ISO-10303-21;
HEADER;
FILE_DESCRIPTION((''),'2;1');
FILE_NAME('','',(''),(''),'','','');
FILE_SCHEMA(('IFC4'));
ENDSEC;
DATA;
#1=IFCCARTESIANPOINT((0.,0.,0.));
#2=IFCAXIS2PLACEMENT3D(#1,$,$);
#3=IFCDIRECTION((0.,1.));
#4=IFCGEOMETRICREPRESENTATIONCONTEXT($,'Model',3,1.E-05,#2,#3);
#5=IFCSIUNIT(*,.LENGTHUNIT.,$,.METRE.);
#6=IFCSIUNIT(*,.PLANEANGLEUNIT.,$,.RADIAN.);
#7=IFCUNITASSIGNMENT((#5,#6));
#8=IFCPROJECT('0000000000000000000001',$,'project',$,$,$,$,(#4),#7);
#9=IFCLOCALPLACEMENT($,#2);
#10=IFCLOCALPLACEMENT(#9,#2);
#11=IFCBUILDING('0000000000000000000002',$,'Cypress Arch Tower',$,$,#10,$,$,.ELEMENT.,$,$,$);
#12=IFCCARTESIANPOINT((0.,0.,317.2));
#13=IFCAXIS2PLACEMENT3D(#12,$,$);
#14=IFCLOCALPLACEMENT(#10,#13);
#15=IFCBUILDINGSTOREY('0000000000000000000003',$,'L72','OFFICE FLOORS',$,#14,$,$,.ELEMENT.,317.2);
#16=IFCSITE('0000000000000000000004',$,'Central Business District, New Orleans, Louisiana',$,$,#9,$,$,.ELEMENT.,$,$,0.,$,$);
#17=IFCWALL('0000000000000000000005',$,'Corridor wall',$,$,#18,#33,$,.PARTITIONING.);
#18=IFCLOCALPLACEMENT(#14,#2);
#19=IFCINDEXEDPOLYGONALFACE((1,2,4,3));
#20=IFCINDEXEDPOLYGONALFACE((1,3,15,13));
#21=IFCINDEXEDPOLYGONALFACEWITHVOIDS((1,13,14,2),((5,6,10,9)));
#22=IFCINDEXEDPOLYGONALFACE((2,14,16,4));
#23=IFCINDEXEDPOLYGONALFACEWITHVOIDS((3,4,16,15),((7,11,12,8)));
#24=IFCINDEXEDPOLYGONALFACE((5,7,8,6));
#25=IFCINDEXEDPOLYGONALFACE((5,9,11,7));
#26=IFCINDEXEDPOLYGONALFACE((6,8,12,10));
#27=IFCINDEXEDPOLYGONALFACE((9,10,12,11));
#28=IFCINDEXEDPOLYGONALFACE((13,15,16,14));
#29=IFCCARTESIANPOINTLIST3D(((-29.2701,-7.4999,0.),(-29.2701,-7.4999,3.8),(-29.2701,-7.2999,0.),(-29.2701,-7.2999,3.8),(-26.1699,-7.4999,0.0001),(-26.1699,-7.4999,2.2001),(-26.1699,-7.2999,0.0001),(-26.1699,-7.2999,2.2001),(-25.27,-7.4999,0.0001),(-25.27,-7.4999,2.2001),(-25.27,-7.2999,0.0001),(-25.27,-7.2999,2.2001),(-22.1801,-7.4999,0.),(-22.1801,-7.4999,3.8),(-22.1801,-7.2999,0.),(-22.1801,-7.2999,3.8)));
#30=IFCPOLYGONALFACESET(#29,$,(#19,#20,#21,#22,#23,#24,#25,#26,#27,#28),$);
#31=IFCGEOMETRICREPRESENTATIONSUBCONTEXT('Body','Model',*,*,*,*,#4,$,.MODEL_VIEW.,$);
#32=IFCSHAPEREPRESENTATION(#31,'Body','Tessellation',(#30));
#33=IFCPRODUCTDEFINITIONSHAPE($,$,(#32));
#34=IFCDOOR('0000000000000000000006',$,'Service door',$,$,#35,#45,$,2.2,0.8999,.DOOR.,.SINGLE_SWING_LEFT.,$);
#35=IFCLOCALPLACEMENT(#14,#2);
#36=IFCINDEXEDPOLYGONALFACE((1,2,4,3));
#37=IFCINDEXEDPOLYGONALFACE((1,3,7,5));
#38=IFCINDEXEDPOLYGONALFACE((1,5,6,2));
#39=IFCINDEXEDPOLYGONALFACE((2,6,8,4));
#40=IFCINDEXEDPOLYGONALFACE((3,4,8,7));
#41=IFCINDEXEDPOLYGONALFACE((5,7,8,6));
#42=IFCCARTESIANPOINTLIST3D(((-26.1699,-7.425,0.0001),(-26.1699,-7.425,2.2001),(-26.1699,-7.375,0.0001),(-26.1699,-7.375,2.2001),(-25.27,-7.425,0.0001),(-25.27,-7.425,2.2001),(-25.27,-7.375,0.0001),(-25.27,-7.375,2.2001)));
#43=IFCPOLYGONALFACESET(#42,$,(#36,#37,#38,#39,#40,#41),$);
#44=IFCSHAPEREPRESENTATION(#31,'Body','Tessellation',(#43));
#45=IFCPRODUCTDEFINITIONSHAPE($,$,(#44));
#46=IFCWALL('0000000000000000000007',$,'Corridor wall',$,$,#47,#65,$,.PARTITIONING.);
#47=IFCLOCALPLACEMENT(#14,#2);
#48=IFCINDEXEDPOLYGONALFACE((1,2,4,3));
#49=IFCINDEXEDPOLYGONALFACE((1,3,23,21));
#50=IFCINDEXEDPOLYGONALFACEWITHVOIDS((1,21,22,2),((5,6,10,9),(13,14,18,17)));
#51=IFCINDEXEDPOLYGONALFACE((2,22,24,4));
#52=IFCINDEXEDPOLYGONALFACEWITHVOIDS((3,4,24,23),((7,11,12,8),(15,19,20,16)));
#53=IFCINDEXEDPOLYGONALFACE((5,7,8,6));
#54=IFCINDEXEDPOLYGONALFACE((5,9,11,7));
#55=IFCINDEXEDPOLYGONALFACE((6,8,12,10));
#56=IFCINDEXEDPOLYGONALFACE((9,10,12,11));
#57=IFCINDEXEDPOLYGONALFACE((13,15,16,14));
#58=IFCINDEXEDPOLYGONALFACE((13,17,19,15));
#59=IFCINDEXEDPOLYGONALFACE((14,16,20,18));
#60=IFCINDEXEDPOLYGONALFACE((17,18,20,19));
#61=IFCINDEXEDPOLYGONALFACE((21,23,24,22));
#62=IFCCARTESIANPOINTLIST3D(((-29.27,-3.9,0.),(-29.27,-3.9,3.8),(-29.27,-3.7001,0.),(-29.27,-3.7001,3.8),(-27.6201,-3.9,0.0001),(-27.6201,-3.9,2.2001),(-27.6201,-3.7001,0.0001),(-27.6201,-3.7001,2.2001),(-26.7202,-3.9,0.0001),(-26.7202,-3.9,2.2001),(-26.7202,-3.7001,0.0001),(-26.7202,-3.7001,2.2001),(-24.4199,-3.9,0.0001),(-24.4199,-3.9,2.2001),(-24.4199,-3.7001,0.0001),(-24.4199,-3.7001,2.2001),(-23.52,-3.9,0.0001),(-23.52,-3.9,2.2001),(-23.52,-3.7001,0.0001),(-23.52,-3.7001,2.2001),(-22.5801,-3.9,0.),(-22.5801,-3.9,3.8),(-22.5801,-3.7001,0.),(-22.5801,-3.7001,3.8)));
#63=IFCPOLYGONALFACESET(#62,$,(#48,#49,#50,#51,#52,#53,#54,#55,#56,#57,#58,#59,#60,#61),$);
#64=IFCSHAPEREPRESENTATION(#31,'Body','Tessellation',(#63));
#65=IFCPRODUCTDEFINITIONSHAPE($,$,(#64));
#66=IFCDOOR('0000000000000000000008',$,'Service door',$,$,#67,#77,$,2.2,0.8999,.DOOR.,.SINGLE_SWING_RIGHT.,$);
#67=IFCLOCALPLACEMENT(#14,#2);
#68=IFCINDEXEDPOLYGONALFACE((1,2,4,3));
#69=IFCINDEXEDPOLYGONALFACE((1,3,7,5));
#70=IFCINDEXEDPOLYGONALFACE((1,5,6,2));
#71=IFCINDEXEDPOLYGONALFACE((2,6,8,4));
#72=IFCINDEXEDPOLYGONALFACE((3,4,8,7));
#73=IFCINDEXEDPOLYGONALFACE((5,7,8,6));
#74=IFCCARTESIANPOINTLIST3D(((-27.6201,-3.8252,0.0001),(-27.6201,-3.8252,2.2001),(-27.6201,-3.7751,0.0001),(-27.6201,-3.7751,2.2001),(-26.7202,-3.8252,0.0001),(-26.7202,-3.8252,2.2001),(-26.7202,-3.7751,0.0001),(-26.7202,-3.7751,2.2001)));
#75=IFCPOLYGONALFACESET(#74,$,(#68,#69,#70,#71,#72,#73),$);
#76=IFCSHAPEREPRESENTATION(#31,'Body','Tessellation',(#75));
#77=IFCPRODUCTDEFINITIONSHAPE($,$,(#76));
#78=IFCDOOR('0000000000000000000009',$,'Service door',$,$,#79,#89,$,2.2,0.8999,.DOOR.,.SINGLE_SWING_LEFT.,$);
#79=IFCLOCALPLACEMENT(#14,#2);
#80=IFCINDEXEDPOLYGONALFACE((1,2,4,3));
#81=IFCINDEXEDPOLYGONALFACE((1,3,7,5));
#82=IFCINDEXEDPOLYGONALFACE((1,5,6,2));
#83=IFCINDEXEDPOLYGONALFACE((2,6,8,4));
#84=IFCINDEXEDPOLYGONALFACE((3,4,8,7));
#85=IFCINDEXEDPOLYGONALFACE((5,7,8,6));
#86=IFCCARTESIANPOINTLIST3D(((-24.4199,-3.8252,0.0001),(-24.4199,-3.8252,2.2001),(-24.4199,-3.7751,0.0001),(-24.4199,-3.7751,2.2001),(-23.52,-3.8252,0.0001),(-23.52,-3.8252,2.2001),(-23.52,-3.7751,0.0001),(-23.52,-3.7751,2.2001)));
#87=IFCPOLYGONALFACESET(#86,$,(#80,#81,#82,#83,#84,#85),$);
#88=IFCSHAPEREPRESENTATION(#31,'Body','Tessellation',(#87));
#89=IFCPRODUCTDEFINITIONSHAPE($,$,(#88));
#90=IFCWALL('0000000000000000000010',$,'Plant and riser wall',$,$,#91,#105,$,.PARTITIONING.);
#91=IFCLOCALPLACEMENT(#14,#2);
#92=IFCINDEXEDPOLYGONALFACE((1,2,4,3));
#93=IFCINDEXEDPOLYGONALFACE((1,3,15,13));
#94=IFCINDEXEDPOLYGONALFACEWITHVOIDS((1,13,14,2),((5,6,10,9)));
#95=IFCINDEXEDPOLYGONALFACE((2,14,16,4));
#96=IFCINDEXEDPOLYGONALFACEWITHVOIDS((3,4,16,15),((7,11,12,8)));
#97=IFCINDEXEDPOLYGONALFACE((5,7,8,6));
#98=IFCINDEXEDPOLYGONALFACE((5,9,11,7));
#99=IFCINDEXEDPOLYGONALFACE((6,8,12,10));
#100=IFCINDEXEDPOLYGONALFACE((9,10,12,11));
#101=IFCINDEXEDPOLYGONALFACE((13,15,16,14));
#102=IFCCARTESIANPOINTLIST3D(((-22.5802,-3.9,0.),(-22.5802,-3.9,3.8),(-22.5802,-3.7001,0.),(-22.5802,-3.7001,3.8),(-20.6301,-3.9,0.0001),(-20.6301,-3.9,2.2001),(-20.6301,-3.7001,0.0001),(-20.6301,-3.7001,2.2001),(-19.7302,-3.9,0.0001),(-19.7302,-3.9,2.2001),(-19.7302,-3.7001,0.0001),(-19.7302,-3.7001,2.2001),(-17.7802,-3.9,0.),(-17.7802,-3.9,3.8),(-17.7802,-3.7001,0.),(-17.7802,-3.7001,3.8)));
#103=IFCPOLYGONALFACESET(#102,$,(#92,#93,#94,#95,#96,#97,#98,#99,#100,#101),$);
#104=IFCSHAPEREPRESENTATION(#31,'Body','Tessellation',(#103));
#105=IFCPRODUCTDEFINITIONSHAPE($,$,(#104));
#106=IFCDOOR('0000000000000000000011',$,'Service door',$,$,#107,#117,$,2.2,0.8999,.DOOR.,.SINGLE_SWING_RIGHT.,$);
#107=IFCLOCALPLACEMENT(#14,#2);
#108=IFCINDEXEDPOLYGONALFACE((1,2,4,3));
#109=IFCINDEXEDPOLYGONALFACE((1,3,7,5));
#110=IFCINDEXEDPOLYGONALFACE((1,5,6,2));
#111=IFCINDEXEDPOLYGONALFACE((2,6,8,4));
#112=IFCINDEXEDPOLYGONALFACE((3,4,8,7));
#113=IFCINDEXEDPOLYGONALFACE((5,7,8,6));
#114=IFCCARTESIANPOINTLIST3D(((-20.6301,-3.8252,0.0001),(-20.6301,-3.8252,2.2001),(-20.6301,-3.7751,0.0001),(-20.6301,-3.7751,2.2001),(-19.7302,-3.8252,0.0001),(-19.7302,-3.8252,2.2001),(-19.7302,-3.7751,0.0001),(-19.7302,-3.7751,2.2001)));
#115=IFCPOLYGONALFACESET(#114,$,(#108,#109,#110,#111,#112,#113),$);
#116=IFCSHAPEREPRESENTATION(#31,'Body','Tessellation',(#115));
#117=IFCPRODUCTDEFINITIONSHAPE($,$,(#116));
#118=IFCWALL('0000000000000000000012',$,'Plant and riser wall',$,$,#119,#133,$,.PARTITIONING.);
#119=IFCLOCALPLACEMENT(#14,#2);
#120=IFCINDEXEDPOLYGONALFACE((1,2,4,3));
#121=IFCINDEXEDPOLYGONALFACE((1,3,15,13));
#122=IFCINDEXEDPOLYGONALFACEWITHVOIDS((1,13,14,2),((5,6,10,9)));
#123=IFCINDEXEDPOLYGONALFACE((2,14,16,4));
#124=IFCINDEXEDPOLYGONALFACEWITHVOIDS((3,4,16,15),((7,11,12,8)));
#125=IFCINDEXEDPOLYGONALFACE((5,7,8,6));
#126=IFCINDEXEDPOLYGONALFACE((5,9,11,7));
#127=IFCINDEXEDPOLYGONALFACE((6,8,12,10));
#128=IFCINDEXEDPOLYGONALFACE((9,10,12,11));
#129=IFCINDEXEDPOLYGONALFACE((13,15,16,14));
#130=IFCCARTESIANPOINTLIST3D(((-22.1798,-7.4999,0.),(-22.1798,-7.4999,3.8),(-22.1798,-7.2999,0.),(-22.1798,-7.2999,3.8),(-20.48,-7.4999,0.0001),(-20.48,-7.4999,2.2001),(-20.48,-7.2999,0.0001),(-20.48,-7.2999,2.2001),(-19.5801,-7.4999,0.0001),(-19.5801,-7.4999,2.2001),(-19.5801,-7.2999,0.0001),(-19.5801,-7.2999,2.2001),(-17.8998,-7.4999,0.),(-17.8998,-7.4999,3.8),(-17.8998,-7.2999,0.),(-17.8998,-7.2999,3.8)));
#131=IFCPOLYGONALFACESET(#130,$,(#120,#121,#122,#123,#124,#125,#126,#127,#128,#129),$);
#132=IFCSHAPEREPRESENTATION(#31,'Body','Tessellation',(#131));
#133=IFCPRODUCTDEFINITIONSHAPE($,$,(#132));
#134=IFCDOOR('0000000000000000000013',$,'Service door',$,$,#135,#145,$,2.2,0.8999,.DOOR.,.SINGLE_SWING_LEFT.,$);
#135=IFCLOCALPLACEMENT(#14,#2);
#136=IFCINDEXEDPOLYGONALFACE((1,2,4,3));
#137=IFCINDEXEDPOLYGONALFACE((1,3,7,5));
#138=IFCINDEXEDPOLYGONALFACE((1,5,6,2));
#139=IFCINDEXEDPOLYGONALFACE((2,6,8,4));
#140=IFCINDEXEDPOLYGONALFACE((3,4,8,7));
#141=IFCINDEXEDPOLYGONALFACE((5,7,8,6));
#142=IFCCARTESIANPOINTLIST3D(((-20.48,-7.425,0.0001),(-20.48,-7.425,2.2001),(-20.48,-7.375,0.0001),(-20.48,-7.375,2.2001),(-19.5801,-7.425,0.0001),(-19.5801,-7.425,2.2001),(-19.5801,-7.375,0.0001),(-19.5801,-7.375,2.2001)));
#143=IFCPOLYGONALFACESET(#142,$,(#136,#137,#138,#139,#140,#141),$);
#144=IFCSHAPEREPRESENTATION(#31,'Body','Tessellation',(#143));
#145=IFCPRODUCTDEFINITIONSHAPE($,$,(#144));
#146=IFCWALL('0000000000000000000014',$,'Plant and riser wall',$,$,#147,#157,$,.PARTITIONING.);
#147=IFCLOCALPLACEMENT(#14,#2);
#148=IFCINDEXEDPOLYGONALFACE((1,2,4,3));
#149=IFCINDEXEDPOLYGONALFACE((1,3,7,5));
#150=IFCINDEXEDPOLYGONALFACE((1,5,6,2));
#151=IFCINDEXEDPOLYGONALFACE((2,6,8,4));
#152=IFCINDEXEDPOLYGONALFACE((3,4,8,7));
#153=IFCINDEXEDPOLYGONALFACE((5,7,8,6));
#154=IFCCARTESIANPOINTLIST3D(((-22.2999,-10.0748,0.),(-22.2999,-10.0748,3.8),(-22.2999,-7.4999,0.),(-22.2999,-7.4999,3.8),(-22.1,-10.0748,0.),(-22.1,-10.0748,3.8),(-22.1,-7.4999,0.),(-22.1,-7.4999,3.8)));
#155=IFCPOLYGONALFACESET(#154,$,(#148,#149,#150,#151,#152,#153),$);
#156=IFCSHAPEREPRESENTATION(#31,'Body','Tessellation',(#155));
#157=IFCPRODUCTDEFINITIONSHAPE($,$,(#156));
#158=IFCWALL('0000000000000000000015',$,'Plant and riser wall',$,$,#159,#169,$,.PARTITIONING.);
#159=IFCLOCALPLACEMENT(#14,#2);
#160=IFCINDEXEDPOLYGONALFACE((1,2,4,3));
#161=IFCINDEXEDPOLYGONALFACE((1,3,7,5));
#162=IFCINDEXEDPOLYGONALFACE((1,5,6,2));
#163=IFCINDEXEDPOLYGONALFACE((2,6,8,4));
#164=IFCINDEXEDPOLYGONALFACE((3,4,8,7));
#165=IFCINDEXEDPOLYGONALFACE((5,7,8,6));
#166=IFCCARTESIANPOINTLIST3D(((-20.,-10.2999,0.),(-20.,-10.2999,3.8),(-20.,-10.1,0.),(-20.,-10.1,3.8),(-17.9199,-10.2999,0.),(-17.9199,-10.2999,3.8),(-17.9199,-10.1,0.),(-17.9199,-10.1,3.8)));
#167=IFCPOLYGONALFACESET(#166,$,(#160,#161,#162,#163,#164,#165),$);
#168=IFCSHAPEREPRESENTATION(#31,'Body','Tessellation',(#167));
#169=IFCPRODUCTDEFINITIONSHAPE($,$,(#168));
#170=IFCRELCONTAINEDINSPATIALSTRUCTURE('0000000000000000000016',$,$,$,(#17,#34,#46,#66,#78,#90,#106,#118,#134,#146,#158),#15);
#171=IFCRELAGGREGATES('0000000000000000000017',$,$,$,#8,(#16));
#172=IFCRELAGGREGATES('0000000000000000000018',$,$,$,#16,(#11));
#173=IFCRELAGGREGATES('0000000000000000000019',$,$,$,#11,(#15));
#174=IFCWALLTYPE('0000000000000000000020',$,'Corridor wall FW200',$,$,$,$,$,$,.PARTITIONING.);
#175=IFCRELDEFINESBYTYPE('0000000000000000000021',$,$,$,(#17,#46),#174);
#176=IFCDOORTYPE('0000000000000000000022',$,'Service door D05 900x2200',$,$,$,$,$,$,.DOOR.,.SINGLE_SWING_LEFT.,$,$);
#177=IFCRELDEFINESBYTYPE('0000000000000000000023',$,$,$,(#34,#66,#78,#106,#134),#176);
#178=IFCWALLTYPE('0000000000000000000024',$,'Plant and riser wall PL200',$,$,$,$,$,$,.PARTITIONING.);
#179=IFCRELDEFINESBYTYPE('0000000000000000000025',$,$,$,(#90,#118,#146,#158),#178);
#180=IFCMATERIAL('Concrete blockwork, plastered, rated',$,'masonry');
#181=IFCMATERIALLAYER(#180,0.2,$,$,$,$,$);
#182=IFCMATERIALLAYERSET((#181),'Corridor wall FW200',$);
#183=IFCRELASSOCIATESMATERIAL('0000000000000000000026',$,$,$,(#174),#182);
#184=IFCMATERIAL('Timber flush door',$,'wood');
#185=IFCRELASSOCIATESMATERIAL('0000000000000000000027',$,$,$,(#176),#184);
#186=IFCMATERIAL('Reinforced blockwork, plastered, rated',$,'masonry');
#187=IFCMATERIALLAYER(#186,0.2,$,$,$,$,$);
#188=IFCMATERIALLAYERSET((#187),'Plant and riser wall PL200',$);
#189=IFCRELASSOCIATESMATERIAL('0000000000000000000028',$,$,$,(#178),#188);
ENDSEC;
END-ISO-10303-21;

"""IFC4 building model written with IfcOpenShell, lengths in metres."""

from ifc_helpers import new_model, si_unit, direction, frame, frame_2d, origin, place, context, subcontext, project, spatial, rectangle, extrude, material, layer, layer_set, type_object, element, fill, save


model = new_model("IFC4")

# Units and contexts
model_context = context("Model", 3, precision=1e-05, world=origin(), true_north=direction((0.0, 1.0)))
body_context = subcontext(model_context, "Body", "Model", "MODEL_VIEW")
ifc_project = project(units=[si_unit("LENGTHUNIT", "METRE"), si_unit("PLANEANGLEUNIT", "RADIAN")], contexts=[model_context])

# Site, building, storey
site_placement = place(None, origin())
site = spatial("IfcSite", under=ifc_project, at=site_placement, Name="Central Business District, New Orleans, Louisiana", CompositionType="ELEMENT", RefElevation=0.0)
building_placement = place(site_placement, origin())
building = spatial("IfcBuilding", under=site, at=building_placement, Name="Cypress Arch Tower", CompositionType="ELEMENT")
storey_placement = place(building_placement, frame((0.0, 0.0, 317.2)))
storey = spatial("IfcBuildingStorey", under=building, at=storey_placement, Name="L72", Description="OFFICE FLOORS", CompositionType="ELEMENT", Elevation=317.2)

# Wall, opening, door
ifc_material_1 = material(Name="Concrete blockwork, plastered, rated", Category="masonry")
ifc_layer_1 = layer(ifc_material_1, 0.2)
ifc_layer_set_1 = layer_set([ifc_layer_1], Name="Corridor wall FW200")
wall_type_1 = type_object("IfcWallType", Name="Corridor wall FW200", PredefinedType="PARTITIONING", material=ifc_layer_set_1)
wall_1_placement = place(storey_placement, frame((-29.27, -7.3999, 0.0), z_axis=(0.0, 0.0, 1.0), x_axis=(1.0, 0.0, 0.0)))
wall_1 = element("IfcWall", 1, at=wall_1_placement, inside=storey, type_object=wall_type_1, Name="Corridor wall", PredefinedType="PARTITIONING", context=body_context, shape_type="SweptSolid", body=[
    extrude(rectangle(XDim=7.0901, YDim=0.2, at=frame_2d((3.5449, 0.0))), origin(), (0.0, 0.0, 1.0), 3.8),
])
opening_1_placement = place(wall_1_placement, frame((3.1001, 0.0, 0.0)))
opening_1 = element("IfcOpeningElement", 2, at=opening_1_placement, cuts=wall_1, PredefinedType="OPENING", context=body_context, shape_type="SweptSolid", body=[
    extrude(rectangle(XDim=0.8999, YDim=2.2, at=frame_2d((0.45, 1.1001))), frame((0.0, 0.1099, 0.0), z_axis=(0.0, -1.0, 0.0), x_axis=(1.0, 0.0, 0.0)), (0.0, 0.0, 1.0), 0.22),
])
ifc_material_2 = material(Name="Timber flush door", Category="wood")
door_type_1 = type_object("IfcDoorType", Name="Service door D05 900x2200", OperationType="SINGLE_SWING_LEFT", PredefinedType="DOOR", material=ifc_material_2)
door_1_placement = place(opening_1_placement, origin())
door_1 = element("IfcDoor", 3, at=door_1_placement, inside=storey, type_object=door_type_1, Name="Service door", OperationType="SINGLE_SWING_LEFT", OverallHeight=2.2, OverallWidth=0.8999, PredefinedType="DOOR", context=body_context, shape_type="SweptSolid", body=[
    extrude(rectangle(XDim=0.8999, YDim=2.2, at=frame_2d((0.45, 1.1001))), frame((0.0, 0.0249, 0.0), z_axis=(0.0, -1.0, 0.0), x_axis=(1.0, 0.0, 0.0)), (0.0, 0.0, 1.0), 0.05),
])
fill(opening_1, door_1)

# Wall, openings, doors
wall_2_placement = place(storey_placement, frame((-29.27, -3.8, 0.0), z_axis=(0.0, 0.0, 1.0), x_axis=(1.0, 0.0, 0.0)))
wall_2 = element("IfcWall", 4, at=wall_2_placement, inside=storey, type_object=wall_type_1, Name="Corridor wall", PredefinedType="PARTITIONING", context=body_context, shape_type="SweptSolid", body=[
    extrude(rectangle(XDim=6.6899, YDim=0.2, at=frame_2d((3.345, 0.0))), origin(), (0.0, 0.0, 1.0), 3.8),
])
opening_2_placement = place(wall_2_placement, frame((1.6499, 0.0, 0.0)))
opening_2 = element("IfcOpeningElement", 5, at=opening_2_placement, cuts=wall_2, PredefinedType="OPENING", context=body_context, shape_type="SweptSolid", body=[
    extrude(rectangle(XDim=0.8999, YDim=2.2, at=frame_2d((0.45, 1.1001))), frame((0.0, 0.1099, 0.0), z_axis=(0.0, -1.0, 0.0), x_axis=(1.0, 0.0, 0.0)), (0.0, 0.0, 1.0), 0.22),
])
opening_3_placement = place(wall_2_placement, frame((4.8501, 0.0, 0.0)))
opening_3 = element("IfcOpeningElement", 6, at=opening_3_placement, cuts=wall_2, PredefinedType="OPENING", context=body_context, shape_type="SweptSolid", body=[
    extrude(rectangle(XDim=0.8999, YDim=2.2, at=frame_2d((0.45, 1.1001))), frame((0.0, 0.1099, 0.0), z_axis=(0.0, -1.0, 0.0), x_axis=(1.0, 0.0, 0.0)), (0.0, 0.0, 1.0), 0.22),
])
door_2_placement = place(opening_2_placement, origin())
door_2 = element("IfcDoor", 7, at=door_2_placement, inside=storey, type_object=door_type_1, Name="Service door", OperationType="SINGLE_SWING_RIGHT", OverallHeight=2.2, OverallWidth=0.8999, PredefinedType="DOOR", context=body_context, shape_type="SweptSolid", body=[
    extrude(rectangle(XDim=0.8999, YDim=2.2, at=frame_2d((0.45, 1.1001))), frame((0.0, 0.0249, 0.0), z_axis=(0.0, -1.0, 0.0), x_axis=(1.0, 0.0, 0.0)), (0.0, 0.0, 1.0), 0.05),
])
fill(opening_2, door_2)
door_3_placement = place(opening_3_placement, origin())
door_3 = element("IfcDoor", 8, at=door_3_placement, inside=storey, type_object=door_type_1, Name="Service door", OperationType="SINGLE_SWING_LEFT", OverallHeight=2.2, OverallWidth=0.8999, PredefinedType="DOOR", context=body_context, shape_type="SweptSolid", body=[
    extrude(rectangle(XDim=0.8999, YDim=2.2, at=frame_2d((0.45, 1.1001))), frame((0.0, 0.0249, 0.0), z_axis=(0.0, -1.0, 0.0), x_axis=(1.0, 0.0, 0.0)), (0.0, 0.0, 1.0), 0.05),
])
fill(opening_3, door_3)

# Walls, openings, doors
ifc_material_3 = material(Name="Reinforced blockwork, plastered, rated", Category="masonry")
ifc_layer_2 = layer(ifc_material_3, 0.2)
ifc_layer_set_2 = layer_set([ifc_layer_2], Name="Plant and riser wall PL200")
wall_type_2 = type_object("IfcWallType", Name="Plant and riser wall PL200", PredefinedType="PARTITIONING", material=ifc_layer_set_2)
wall_3_placement = place(storey_placement, frame((-22.5801, -3.8, 0.0), z_axis=(0.0, 0.0, 1.0), x_axis=(1.0, 0.0, 0.0)))
wall_3 = element("IfcWall", 9, at=wall_3_placement, inside=storey, type_object=wall_type_2, Name="Plant and riser wall", PredefinedType="PARTITIONING", context=body_context, shape_type="SweptSolid", body=[
    extrude(rectangle(XDim=4.8, YDim=0.2, at=frame_2d((2.3999, 0.0))), origin(), (0.0, 0.0, 1.0), 3.8),
])
opening_4_placement = place(wall_3_placement, frame((1.95, 0.0, 0.0)))
opening_4 = element("IfcOpeningElement", 10, at=opening_4_placement, cuts=wall_3, PredefinedType="OPENING", context=body_context, shape_type="SweptSolid", body=[
    extrude(rectangle(XDim=0.8999, YDim=2.2, at=frame_2d((0.45, 1.1001))), frame((0.0, 0.1099, 0.0), z_axis=(0.0, -1.0, 0.0), x_axis=(1.0, 0.0, 0.0)), (0.0, 0.0, 1.0), 0.22),
])
door_4_placement = place(opening_4_placement, origin())
door_4 = element("IfcDoor", 11, at=door_4_placement, inside=storey, type_object=door_type_1, Name="Service door", OperationType="SINGLE_SWING_RIGHT", OverallHeight=2.2, OverallWidth=0.8999, PredefinedType="DOOR", context=body_context, shape_type="SweptSolid", body=[
    extrude(rectangle(XDim=0.8999, YDim=2.2, at=frame_2d((0.45, 1.1001))), frame((0.0, 0.0249, 0.0), z_axis=(0.0, -1.0, 0.0), x_axis=(1.0, 0.0, 0.0)), (0.0, 0.0, 1.0), 0.05),
])
fill(opening_4, door_4)
wall_4_placement = place(storey_placement, frame((-22.1799, -7.3999, 0.0), z_axis=(0.0, 0.0, 1.0), x_axis=(1.0, 0.0, 0.0)))
wall_4 = element("IfcWall", 12, at=wall_4_placement, inside=storey, type_object=wall_type_2, Name="Plant and riser wall", PredefinedType="PARTITIONING", context=body_context, shape_type="SweptSolid", body=[
    extrude(rectangle(XDim=4.28, YDim=0.2, at=frame_2d((2.1401, 0.0))), origin(), (0.0, 0.0, 1.0), 3.8),
])
opening_5_placement = place(wall_4_placement, frame((1.7, 0.0, 0.0)))
opening_5 = element("IfcOpeningElement", 13, at=opening_5_placement, cuts=wall_4, PredefinedType="OPENING", context=body_context, shape_type="SweptSolid", body=[
    extrude(rectangle(XDim=0.8999, YDim=2.2, at=frame_2d((0.45, 1.1001))), frame((0.0, 0.1099, 0.0), z_axis=(0.0, -1.0, 0.0), x_axis=(1.0, 0.0, 0.0)), (0.0, 0.0, 1.0), 0.22),
])
door_5_placement = place(opening_5_placement, origin())
door_5 = element("IfcDoor", 14, at=door_5_placement, inside=storey, type_object=door_type_1, Name="Service door", OperationType="SINGLE_SWING_LEFT", OverallHeight=2.2, OverallWidth=0.8999, PredefinedType="DOOR", context=body_context, shape_type="SweptSolid", body=[
    extrude(rectangle(XDim=0.8999, YDim=2.2, at=frame_2d((0.45, 1.1001))), frame((0.0, 0.0249, 0.0), z_axis=(0.0, -1.0, 0.0), x_axis=(1.0, 0.0, 0.0)), (0.0, 0.0, 1.0), 0.05),
])
fill(opening_5, door_5)

# Walls
wall_5_placement = place(storey_placement, frame((-22.2, -10.075, 0.0), z_axis=(0.0, 0.0, 1.0), x_axis=(0.0, 1.0, 0.0)))
element("IfcWall", 15, at=wall_5_placement, inside=storey, type_object=wall_type_2, Name="Plant and riser wall", PredefinedType="PARTITIONING", context=body_context, shape_type="SweptSolid", body=[
    extrude(rectangle(XDim=2.575, YDim=0.2, at=frame_2d((1.2876, 0.0))), origin(), (0.0, 0.0, 1.0), 3.8),
])
wall_6_placement = place(storey_placement, frame((-20.0, -10.2, 0.0), z_axis=(0.0, 0.0, 1.0), x_axis=(1.0, 0.0, 0.0)))
element("IfcWall", 16, at=wall_6_placement, inside=storey, type_object=wall_type_2, Name="Plant and riser wall", PredefinedType="PARTITIONING", context=body_context, shape_type="SweptSolid", body=[
    extrude(rectangle(XDim=2.0801, YDim=0.2, at=frame_2d((1.04, 0.0))), origin(), (0.0, 0.0, 1.0), 3.8),
])

save(model, "model.ifc")
